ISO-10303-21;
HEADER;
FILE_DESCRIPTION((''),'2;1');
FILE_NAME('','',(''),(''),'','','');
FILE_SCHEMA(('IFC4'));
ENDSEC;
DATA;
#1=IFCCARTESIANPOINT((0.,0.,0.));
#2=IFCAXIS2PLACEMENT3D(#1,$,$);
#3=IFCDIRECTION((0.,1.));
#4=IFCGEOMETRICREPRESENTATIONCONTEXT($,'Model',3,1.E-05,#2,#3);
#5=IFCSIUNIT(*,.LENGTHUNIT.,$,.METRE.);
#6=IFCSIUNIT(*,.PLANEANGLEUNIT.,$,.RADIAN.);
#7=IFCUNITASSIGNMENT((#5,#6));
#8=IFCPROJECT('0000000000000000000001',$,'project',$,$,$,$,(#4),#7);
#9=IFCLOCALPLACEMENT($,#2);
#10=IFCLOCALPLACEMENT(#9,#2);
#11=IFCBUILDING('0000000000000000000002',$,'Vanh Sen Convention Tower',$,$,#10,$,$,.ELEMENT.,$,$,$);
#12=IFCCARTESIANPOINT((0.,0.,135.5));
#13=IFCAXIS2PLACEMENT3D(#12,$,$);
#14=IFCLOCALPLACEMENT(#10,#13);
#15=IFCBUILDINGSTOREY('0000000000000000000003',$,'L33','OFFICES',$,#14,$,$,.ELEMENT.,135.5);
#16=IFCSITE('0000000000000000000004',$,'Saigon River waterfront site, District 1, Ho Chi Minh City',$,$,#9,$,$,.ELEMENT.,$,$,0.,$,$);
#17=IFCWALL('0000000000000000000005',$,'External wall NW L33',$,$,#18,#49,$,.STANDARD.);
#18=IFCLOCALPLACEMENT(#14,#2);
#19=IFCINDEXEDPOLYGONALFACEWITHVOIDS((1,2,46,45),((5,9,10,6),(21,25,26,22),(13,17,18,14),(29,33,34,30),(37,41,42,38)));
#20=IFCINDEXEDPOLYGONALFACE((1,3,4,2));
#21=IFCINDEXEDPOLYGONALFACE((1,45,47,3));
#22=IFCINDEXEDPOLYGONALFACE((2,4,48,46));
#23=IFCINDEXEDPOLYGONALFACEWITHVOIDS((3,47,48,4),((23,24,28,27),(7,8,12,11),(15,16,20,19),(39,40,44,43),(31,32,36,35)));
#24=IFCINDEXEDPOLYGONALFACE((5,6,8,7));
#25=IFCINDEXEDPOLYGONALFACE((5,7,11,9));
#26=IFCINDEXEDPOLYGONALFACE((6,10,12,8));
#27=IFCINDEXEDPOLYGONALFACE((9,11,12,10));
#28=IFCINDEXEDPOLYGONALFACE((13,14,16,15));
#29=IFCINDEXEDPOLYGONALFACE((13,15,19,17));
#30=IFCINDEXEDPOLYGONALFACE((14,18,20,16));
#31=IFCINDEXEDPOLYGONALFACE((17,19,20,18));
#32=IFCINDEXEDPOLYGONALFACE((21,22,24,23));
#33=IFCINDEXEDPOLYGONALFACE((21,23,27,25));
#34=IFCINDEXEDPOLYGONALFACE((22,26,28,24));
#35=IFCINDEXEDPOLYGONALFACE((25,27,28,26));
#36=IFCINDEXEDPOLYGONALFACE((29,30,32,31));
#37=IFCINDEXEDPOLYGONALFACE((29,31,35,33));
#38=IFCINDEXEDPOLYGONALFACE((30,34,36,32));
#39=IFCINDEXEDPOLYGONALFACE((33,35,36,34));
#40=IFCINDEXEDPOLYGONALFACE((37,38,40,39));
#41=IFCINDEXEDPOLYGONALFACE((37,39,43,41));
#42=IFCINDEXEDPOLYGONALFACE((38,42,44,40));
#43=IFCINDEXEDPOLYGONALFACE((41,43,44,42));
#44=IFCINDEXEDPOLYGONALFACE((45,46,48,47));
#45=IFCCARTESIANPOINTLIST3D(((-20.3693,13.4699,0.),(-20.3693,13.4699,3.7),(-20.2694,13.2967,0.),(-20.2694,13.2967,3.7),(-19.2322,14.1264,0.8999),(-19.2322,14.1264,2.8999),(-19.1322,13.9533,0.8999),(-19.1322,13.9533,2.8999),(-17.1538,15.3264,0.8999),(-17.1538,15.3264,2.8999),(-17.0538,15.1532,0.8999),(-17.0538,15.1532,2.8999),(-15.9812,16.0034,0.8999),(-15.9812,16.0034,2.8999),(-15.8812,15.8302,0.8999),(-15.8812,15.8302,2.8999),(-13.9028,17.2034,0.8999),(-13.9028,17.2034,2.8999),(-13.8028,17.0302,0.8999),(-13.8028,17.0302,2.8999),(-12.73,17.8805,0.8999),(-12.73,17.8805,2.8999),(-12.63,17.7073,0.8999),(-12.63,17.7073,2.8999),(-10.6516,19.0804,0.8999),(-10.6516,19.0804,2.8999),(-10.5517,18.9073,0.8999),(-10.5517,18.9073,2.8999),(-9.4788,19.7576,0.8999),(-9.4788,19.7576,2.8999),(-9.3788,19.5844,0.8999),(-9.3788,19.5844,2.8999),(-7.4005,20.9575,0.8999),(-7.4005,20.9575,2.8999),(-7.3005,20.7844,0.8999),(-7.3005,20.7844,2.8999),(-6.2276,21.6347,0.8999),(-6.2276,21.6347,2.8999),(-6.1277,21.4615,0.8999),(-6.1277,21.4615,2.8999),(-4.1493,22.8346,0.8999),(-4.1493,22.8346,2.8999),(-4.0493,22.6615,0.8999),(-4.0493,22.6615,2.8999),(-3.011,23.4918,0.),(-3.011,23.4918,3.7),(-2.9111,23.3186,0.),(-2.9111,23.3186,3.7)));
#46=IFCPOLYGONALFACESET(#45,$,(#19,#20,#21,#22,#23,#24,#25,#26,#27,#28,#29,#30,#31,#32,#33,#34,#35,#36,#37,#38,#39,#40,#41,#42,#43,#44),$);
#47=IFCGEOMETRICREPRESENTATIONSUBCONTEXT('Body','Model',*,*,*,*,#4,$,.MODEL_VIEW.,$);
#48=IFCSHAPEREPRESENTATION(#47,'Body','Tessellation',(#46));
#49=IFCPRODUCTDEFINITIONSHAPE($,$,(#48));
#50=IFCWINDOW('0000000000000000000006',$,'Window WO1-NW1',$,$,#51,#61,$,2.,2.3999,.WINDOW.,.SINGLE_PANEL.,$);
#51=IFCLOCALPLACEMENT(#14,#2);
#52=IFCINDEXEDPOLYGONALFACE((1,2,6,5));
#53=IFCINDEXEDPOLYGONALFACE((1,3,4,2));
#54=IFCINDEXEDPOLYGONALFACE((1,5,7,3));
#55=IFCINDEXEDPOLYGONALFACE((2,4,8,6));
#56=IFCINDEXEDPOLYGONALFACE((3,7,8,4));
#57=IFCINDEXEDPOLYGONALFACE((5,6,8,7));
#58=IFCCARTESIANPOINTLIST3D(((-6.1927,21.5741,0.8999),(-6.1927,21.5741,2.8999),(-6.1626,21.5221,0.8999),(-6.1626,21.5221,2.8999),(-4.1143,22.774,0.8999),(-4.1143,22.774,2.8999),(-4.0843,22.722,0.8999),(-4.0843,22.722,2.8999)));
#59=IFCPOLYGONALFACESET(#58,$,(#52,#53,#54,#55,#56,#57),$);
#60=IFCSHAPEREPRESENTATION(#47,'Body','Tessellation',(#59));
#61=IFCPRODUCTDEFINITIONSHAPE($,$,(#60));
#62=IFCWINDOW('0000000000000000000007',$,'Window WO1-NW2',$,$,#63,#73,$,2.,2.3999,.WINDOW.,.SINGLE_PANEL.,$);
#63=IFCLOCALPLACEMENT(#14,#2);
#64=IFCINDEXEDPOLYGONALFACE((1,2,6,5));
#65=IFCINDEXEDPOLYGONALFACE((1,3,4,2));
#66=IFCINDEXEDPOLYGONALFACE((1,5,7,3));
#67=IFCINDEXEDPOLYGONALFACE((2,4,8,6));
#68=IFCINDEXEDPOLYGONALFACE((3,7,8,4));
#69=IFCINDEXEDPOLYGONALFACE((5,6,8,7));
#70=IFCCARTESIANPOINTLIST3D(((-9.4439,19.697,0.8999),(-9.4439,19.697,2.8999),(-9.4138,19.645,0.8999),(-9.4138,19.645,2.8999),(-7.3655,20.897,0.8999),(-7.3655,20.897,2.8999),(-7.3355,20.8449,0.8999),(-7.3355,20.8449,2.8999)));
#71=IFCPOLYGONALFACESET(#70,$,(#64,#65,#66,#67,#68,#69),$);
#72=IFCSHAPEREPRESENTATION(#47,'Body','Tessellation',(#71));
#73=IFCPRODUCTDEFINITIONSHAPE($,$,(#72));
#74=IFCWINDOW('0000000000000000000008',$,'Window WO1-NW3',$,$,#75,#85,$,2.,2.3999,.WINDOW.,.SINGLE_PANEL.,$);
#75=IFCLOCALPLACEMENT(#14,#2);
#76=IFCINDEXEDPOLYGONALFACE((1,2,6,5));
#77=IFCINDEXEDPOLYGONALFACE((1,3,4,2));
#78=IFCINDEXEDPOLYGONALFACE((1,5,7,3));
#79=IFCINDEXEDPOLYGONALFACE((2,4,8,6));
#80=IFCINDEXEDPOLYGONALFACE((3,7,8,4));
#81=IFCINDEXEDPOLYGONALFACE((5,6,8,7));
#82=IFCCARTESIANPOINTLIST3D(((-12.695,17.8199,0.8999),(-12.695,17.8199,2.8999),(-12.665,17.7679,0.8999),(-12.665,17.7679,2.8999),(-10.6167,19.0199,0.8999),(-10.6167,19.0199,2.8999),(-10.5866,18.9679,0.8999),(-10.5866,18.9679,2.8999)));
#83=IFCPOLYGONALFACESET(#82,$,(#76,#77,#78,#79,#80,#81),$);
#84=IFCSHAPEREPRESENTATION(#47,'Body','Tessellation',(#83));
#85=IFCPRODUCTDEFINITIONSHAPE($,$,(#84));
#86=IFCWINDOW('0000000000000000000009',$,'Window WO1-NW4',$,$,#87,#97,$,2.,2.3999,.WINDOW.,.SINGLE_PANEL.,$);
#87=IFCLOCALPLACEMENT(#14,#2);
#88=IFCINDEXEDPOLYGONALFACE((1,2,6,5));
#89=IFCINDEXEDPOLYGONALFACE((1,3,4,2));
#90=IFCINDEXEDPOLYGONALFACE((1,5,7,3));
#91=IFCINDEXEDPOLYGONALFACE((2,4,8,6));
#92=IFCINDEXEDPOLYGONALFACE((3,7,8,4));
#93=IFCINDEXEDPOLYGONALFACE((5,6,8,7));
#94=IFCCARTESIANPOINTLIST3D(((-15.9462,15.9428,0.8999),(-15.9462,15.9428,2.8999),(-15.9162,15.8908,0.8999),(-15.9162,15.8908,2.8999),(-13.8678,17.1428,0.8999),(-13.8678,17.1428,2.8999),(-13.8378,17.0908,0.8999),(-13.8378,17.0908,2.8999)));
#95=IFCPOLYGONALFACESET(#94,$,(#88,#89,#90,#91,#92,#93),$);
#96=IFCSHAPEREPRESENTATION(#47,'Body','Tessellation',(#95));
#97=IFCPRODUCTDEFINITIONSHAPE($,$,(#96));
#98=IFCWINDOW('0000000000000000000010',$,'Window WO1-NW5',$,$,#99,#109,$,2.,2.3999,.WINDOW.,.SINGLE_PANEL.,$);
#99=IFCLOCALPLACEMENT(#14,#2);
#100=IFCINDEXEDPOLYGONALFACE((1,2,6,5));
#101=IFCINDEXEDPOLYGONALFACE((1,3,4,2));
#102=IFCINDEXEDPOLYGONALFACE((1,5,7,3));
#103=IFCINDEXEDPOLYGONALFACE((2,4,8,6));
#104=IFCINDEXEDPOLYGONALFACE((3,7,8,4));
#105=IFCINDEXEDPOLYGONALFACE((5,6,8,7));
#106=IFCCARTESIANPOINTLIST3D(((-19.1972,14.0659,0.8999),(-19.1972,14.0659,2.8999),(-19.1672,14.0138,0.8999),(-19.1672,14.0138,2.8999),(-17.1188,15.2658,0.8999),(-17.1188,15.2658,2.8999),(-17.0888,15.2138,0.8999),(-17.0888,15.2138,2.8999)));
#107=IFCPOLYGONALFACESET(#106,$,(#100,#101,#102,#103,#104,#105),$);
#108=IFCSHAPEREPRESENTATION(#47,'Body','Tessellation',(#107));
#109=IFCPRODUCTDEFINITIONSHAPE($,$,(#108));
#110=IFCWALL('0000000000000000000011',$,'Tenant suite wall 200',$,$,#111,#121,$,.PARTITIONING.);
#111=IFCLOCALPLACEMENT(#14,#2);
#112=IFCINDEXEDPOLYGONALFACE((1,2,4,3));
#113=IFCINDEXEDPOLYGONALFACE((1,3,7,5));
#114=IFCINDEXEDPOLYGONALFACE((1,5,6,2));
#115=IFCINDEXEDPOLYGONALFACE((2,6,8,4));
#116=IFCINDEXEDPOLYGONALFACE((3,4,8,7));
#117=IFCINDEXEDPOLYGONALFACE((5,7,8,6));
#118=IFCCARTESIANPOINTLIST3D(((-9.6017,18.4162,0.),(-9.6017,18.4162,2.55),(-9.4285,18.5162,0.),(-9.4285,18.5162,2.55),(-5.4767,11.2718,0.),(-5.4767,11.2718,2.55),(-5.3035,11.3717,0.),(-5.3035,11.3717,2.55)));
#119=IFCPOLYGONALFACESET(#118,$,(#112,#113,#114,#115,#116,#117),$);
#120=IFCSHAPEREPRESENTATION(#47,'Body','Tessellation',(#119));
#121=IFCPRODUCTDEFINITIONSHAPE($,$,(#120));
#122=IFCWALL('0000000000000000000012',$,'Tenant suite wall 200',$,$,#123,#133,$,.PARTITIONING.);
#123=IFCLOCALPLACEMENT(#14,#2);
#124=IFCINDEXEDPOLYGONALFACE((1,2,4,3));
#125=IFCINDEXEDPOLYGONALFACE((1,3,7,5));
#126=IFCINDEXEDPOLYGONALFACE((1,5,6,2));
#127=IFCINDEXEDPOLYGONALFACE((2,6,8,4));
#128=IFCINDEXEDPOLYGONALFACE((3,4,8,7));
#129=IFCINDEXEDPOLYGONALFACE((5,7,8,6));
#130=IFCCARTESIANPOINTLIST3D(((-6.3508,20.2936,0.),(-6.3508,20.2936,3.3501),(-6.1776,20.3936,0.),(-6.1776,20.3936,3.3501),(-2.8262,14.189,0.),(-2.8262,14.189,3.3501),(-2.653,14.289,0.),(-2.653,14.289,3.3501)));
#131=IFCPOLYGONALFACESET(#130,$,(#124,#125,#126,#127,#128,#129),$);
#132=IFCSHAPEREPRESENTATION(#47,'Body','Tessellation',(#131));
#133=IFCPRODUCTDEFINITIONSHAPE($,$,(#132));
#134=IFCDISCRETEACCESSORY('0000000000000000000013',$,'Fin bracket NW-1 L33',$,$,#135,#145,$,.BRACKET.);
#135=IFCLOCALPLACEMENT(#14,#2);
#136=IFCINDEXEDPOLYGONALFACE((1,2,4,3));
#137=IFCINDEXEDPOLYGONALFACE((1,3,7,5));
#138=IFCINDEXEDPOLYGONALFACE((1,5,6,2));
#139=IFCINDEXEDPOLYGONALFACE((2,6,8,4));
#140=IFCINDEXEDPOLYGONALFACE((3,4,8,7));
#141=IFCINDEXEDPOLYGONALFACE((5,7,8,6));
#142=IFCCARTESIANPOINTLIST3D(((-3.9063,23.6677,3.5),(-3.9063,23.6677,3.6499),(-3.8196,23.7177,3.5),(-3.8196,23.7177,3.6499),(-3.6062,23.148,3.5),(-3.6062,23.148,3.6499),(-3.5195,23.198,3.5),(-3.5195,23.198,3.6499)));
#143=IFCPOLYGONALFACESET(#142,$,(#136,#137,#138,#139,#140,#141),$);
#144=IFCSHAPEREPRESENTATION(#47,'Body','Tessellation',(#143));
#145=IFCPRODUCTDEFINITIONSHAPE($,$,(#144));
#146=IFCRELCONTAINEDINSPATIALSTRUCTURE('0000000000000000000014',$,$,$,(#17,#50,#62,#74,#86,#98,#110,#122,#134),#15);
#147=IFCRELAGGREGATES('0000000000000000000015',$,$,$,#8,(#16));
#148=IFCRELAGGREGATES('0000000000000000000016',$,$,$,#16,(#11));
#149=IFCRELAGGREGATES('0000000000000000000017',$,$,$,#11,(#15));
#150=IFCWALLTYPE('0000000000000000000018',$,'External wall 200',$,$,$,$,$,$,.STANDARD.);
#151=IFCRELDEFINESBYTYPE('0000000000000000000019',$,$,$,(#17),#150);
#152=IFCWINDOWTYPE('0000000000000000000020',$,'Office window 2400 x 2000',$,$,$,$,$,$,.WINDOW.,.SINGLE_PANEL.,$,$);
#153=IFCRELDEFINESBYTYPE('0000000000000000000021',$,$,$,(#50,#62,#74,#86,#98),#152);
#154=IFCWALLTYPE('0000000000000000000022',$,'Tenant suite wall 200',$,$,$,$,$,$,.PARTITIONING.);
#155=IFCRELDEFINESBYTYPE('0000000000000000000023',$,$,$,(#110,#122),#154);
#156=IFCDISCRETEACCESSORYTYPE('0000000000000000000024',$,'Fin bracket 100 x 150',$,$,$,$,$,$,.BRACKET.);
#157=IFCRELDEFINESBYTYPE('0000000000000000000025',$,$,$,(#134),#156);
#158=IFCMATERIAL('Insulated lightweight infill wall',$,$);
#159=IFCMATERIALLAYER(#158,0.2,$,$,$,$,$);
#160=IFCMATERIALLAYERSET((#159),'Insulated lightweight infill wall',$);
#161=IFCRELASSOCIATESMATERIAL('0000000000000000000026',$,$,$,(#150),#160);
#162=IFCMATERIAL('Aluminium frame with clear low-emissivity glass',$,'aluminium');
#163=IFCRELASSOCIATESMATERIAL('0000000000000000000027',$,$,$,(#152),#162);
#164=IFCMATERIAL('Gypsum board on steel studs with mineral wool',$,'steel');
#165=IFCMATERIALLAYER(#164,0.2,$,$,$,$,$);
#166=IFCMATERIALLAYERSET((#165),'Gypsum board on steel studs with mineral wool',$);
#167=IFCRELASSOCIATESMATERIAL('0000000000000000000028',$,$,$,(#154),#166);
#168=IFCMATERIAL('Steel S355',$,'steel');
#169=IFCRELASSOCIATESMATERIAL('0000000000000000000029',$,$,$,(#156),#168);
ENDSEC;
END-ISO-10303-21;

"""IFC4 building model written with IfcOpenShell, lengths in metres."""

from ifc_helpers import new_model, si_unit, direction, frame, frame_2d, origin, origin_2d, place, context, subcontext, project, spatial, rectangle, extrude, material, layer, layer_set, type_object, element, fill, save


model = new_model("IFC4")

# Units and contexts
model_context = context("Model", 3, precision=1e-05, world=origin(), true_north=direction((0.0, 1.0)))
body_context = subcontext(model_context, "Body", "Model", "MODEL_VIEW")
ifc_project = project(units=[si_unit("LENGTHUNIT", "METRE"), si_unit("PLANEANGLEUNIT", "RADIAN")], contexts=[model_context])

# Site, building, storey
site_placement = place(None, origin())
site = spatial("IfcSite", under=ifc_project, at=site_placement, Name="Saigon River waterfront site, District 1, Ho Chi Minh City", CompositionType="ELEMENT", RefElevation=0.0)
building_placement = place(site_placement, origin())
building = spatial("IfcBuilding", under=site, at=building_placement, Name="Vanh Sen Convention Tower", CompositionType="ELEMENT")
storey_placement = place(building_placement, frame((0.0, 0.0, 135.5)))
storey = spatial("IfcBuildingStorey", under=building, at=storey_placement, Name="L33", Description="OFFICES", CompositionType="ELEMENT", Elevation=135.5)

# Shared definitions
ifc_material_1 = material(Name="Gypsum board on steel studs with mineral wool", Category="steel")

# Wall, openings, windows
ifc_material_2 = material(Name="Insulated lightweight infill wall")
ifc_layer_1 = layer(ifc_material_2, 0.2)
ifc_layer_set_1 = layer_set([ifc_layer_1], Name="Insulated lightweight infill wall")
wall_type_1 = type_object("IfcWallType", Name="External wall 200", PredefinedType="STANDARD", material=ifc_layer_set_1)
wall_1_placement = place(storey_placement, frame((-2.9609, 23.4053, 0.0), z_axis=(0.0, 0.0, 1.0), x_axis=(-0.866023, -0.500004, 0.0)))
wall_1 = element("IfcWall", 1, at=wall_1_placement, inside=storey, type_object=wall_type_1, Name="External wall NW L33", PredefinedType="STANDARD", context=body_context, shape_type="SweptSolid", body=[
    extrude(rectangle(XDim=20.0437, YDim=0.2, at=frame_2d((10.022, 0.0))), origin(), (0.0, 0.0, 1.0), 3.7),
])
opening_1_placement = place(wall_1_placement, frame((1.3145, 0.0, 0.8999)))
opening_1 = element("IfcOpeningElement", 2, at=opening_1_placement, cuts=wall_1, PredefinedType="OPENING", context=body_context, shape_type="SweptSolid", body=[
    extrude(rectangle(XDim=2.3999, YDim=2.0, at=frame_2d((1.2, 1.0))), frame((0.0, 0.1099, 0.0), z_axis=(0.0, -1.0, 0.0), x_axis=(1.0, 0.0, 0.0)), (0.0, 0.0, 1.0), 0.22),
])
opening_2_placement = place(wall_1_placement, frame((5.0686, 0.0, 0.8999)))
opening_2 = element("IfcOpeningElement", 3, at=opening_2_placement, cuts=wall_1, PredefinedType="OPENING", context=body_context, shape_type="SweptSolid", body=[
    extrude(rectangle(XDim=2.3999, YDim=2.0, at=frame_2d((1.2, 1.0))), frame((0.0, 0.1099, 0.0), z_axis=(0.0, -1.0, 0.0), x_axis=(1.0, 0.0, 0.0)), (0.0, 0.0, 1.0), 0.22),
])
opening_3_placement = place(wall_1_placement, frame((8.8228, 0.0, 0.8999)))
opening_3 = element("IfcOpeningElement", 4, at=opening_3_placement, cuts=wall_1, PredefinedType="OPENING", context=body_context, shape_type="SweptSolid", body=[
    extrude(rectangle(XDim=2.3999, YDim=2.0, at=frame_2d((1.2, 1.0))), frame((0.0, 0.1099, 0.0), z_axis=(0.0, -1.0, 0.0), x_axis=(1.0, 0.0, 0.0)), (0.0, 0.0, 1.0), 0.22),
])
opening_4_placement = place(wall_1_placement, frame((12.5769, 0.0, 0.8999)))
opening_4 = element("IfcOpeningElement", 5, at=opening_4_placement, cuts=wall_1, PredefinedType="OPENING", context=body_context, shape_type="SweptSolid", body=[
    extrude(rectangle(XDim=2.3999, YDim=2.0, at=frame_2d((1.2, 1.0))), frame((0.0, 0.1099, 0.0), z_axis=(0.0, -1.0, 0.0), x_axis=(1.0, 0.0, 0.0)), (0.0, 0.0, 1.0), 0.22),
])
opening_5_placement = place(wall_1_placement, frame((16.3308, 0.0, 0.8999)))
opening_5 = element("IfcOpeningElement", 6, at=opening_5_placement, cuts=wall_1, PredefinedType="OPENING", context=body_context, shape_type="SweptSolid", body=[
    extrude(rectangle(XDim=2.3999, YDim=2.0, at=frame_2d((1.2, 1.0))), frame((0.0, 0.1099, 0.0), z_axis=(0.0, -1.0, 0.0), x_axis=(1.0, 0.0, 0.0)), (0.0, 0.0, 1.0), 0.22),
])
ifc_material_3 = material(Name="Aluminium frame with clear low-emissivity glass", Category="aluminium")
window_type = type_object("IfcWindowType", Name="Office window 2400 x 2000", PartitioningType="SINGLE_PANEL", PredefinedType="WINDOW", material=ifc_material_3)
window_1_placement = place(opening_1_placement, origin())
window_1 = element("IfcWindow", 7, at=window_1_placement, inside=storey, type_object=window_type, Name="Window WO1-NW1", OverallHeight=2.0, OverallWidth=2.3999, PartitioningType="SINGLE_PANEL", PredefinedType="WINDOW", context=body_context, shape_type="SweptSolid", body=[
    extrude(rectangle(XDim=2.3999, YDim=2.0, at=frame_2d((1.2, 1.0))), frame((0.0, 0.03, 0.0), z_axis=(0.0, -1.0, 0.0), x_axis=(1.0, 0.0, 0.0)), (0.0, 0.0, 1.0), 0.0601),
])
fill(opening_1, window_1)
window_2_placement = place(opening_2_placement, origin())
window_2 = element("IfcWindow", 8, at=window_2_placement, inside=storey, type_object=window_type, Name="Window WO1-NW2", OverallHeight=2.0, OverallWidth=2.3999, PartitioningType="SINGLE_PANEL", PredefinedType="WINDOW", context=body_context, shape_type="SweptSolid", body=[
    extrude(rectangle(XDim=2.3999, YDim=2.0, at=frame_2d((1.2, 1.0))), frame((0.0, 0.03, 0.0), z_axis=(0.0, -1.0, 0.0), x_axis=(1.0, 0.0, 0.0)), (0.0, 0.0, 1.0), 0.0601),
])
fill(opening_2, window_2)
window_3_placement = place(opening_3_placement, origin())
window_3 = element("IfcWindow", 9, at=window_3_placement, inside=storey, type_object=window_type, Name="Window WO1-NW3", OverallHeight=2.0, OverallWidth=2.3999, PartitioningType="SINGLE_PANEL", PredefinedType="WINDOW", context=body_context, shape_type="SweptSolid", body=[
    extrude(rectangle(XDim=2.3999, YDim=2.0, at=frame_2d((1.2, 1.0))), frame((0.0, 0.03, 0.0), z_axis=(0.0, -1.0, 0.0), x_axis=(1.0, 0.0, 0.0)), (0.0, 0.0, 1.0), 0.0601),
])
fill(opening_3, window_3)
window_4_placement = place(opening_4_placement, origin())
window_4 = element("IfcWindow", 10, at=window_4_placement, inside=storey, type_object=window_type, Name="Window WO1-NW4", OverallHeight=2.0, OverallWidth=2.3999, PartitioningType="SINGLE_PANEL", PredefinedType="WINDOW", context=body_context, shape_type="SweptSolid", body=[
    extrude(rectangle(XDim=2.3999, YDim=2.0, at=frame_2d((1.2, 1.0))), frame((0.0, 0.03, 0.0), z_axis=(0.0, -1.0, 0.0), x_axis=(1.0, 0.0, 0.0)), (0.0, 0.0, 1.0), 0.0601),
])
fill(opening_4, window_4)
window_5_placement = place(opening_5_placement, origin())
window_5 = element("IfcWindow", 11, at=window_5_placement, inside=storey, type_object=window_type, Name="Window WO1-NW5", OverallHeight=2.0, OverallWidth=2.3999, PartitioningType="SINGLE_PANEL", PredefinedType="WINDOW", context=body_context, shape_type="SweptSolid", body=[
    extrude(rectangle(XDim=2.3999, YDim=2.0, at=frame_2d((1.2, 1.0))), frame((0.0, 0.03, 0.0), z_axis=(0.0, -1.0, 0.0), x_axis=(1.0, 0.0, 0.0)), (0.0, 0.0, 1.0), 0.0601),
])
fill(opening_5, window_5)

# Walls
ifc_layer_2 = layer(ifc_material_1, 0.2)
ifc_layer_set_2 = layer_set([ifc_layer_2], Name="Gypsum board on steel studs with mineral wool")
wall_type_2 = type_object("IfcWallType", Name="Tenant suite wall 200", PredefinedType="PARTITIONING", material=ifc_layer_set_2)
wall_2_placement = place(storey_placement, frame((-9.5151, 18.4663, 0.0), z_axis=(0.0, 0.0, 1.0), x_axis=(0.500009, -0.86602, 0.0)))
element("IfcWall", 12, at=wall_2_placement, inside=storey, type_object=wall_type_2, Name="Tenant suite wall 200", PredefinedType="PARTITIONING", context=body_context, shape_type="SweptSolid", body=[
    extrude(rectangle(XDim=8.2498, YDim=0.2, at=frame_2d((4.125, 0.0))), origin(), (0.0, 0.0, 1.0), 2.55),
])
wall_3_placement = place(storey_placement, frame((-6.2642, 20.3435, 0.0), z_axis=(0.0, 0.0, 1.0), x_axis=(0.500009, -0.86602, 0.0)))
element("IfcWall", 13, at=wall_3_placement, inside=storey, type_object=wall_type_2, Name="Tenant suite wall 200", PredefinedType="PARTITIONING", context=body_context, shape_type="SweptSolid", body=[
    extrude(rectangle(XDim=7.0491, YDim=0.2, at=frame_2d((3.5244, 0.0))), origin(), (0.0, 0.0, 1.0), 3.3501),
])

# Discrete accessory
ifc_material_4 = material(Name="Steel S355", Category="steel")
discrete_accessory_type = type_object("IfcDiscreteAccessoryType", Name="Fin bracket 100 x 150", PredefinedType="BRACKET", material=ifc_material_4)
discrete_accessory_placement = place(storey_placement, frame((-3.7129, 23.4329, 3.5), z_axis=(0.0, 0.0, 1.0), x_axis=(-0.5, 0.866025, 0.0)))
element("IfcDiscreteAccessory", 14, at=discrete_accessory_placement, inside=storey, type_object=discrete_accessory_type, Name="Fin bracket NW-1 L33", PredefinedType="BRACKET", context=body_context, shape_type="SweptSolid", body=[
    extrude(rectangle(XDim=0.6001, YDim=0.1001, at=origin_2d()), origin(), (0.0, 0.0, 1.0), 0.1499),
])

save(model, "model.ifc")
